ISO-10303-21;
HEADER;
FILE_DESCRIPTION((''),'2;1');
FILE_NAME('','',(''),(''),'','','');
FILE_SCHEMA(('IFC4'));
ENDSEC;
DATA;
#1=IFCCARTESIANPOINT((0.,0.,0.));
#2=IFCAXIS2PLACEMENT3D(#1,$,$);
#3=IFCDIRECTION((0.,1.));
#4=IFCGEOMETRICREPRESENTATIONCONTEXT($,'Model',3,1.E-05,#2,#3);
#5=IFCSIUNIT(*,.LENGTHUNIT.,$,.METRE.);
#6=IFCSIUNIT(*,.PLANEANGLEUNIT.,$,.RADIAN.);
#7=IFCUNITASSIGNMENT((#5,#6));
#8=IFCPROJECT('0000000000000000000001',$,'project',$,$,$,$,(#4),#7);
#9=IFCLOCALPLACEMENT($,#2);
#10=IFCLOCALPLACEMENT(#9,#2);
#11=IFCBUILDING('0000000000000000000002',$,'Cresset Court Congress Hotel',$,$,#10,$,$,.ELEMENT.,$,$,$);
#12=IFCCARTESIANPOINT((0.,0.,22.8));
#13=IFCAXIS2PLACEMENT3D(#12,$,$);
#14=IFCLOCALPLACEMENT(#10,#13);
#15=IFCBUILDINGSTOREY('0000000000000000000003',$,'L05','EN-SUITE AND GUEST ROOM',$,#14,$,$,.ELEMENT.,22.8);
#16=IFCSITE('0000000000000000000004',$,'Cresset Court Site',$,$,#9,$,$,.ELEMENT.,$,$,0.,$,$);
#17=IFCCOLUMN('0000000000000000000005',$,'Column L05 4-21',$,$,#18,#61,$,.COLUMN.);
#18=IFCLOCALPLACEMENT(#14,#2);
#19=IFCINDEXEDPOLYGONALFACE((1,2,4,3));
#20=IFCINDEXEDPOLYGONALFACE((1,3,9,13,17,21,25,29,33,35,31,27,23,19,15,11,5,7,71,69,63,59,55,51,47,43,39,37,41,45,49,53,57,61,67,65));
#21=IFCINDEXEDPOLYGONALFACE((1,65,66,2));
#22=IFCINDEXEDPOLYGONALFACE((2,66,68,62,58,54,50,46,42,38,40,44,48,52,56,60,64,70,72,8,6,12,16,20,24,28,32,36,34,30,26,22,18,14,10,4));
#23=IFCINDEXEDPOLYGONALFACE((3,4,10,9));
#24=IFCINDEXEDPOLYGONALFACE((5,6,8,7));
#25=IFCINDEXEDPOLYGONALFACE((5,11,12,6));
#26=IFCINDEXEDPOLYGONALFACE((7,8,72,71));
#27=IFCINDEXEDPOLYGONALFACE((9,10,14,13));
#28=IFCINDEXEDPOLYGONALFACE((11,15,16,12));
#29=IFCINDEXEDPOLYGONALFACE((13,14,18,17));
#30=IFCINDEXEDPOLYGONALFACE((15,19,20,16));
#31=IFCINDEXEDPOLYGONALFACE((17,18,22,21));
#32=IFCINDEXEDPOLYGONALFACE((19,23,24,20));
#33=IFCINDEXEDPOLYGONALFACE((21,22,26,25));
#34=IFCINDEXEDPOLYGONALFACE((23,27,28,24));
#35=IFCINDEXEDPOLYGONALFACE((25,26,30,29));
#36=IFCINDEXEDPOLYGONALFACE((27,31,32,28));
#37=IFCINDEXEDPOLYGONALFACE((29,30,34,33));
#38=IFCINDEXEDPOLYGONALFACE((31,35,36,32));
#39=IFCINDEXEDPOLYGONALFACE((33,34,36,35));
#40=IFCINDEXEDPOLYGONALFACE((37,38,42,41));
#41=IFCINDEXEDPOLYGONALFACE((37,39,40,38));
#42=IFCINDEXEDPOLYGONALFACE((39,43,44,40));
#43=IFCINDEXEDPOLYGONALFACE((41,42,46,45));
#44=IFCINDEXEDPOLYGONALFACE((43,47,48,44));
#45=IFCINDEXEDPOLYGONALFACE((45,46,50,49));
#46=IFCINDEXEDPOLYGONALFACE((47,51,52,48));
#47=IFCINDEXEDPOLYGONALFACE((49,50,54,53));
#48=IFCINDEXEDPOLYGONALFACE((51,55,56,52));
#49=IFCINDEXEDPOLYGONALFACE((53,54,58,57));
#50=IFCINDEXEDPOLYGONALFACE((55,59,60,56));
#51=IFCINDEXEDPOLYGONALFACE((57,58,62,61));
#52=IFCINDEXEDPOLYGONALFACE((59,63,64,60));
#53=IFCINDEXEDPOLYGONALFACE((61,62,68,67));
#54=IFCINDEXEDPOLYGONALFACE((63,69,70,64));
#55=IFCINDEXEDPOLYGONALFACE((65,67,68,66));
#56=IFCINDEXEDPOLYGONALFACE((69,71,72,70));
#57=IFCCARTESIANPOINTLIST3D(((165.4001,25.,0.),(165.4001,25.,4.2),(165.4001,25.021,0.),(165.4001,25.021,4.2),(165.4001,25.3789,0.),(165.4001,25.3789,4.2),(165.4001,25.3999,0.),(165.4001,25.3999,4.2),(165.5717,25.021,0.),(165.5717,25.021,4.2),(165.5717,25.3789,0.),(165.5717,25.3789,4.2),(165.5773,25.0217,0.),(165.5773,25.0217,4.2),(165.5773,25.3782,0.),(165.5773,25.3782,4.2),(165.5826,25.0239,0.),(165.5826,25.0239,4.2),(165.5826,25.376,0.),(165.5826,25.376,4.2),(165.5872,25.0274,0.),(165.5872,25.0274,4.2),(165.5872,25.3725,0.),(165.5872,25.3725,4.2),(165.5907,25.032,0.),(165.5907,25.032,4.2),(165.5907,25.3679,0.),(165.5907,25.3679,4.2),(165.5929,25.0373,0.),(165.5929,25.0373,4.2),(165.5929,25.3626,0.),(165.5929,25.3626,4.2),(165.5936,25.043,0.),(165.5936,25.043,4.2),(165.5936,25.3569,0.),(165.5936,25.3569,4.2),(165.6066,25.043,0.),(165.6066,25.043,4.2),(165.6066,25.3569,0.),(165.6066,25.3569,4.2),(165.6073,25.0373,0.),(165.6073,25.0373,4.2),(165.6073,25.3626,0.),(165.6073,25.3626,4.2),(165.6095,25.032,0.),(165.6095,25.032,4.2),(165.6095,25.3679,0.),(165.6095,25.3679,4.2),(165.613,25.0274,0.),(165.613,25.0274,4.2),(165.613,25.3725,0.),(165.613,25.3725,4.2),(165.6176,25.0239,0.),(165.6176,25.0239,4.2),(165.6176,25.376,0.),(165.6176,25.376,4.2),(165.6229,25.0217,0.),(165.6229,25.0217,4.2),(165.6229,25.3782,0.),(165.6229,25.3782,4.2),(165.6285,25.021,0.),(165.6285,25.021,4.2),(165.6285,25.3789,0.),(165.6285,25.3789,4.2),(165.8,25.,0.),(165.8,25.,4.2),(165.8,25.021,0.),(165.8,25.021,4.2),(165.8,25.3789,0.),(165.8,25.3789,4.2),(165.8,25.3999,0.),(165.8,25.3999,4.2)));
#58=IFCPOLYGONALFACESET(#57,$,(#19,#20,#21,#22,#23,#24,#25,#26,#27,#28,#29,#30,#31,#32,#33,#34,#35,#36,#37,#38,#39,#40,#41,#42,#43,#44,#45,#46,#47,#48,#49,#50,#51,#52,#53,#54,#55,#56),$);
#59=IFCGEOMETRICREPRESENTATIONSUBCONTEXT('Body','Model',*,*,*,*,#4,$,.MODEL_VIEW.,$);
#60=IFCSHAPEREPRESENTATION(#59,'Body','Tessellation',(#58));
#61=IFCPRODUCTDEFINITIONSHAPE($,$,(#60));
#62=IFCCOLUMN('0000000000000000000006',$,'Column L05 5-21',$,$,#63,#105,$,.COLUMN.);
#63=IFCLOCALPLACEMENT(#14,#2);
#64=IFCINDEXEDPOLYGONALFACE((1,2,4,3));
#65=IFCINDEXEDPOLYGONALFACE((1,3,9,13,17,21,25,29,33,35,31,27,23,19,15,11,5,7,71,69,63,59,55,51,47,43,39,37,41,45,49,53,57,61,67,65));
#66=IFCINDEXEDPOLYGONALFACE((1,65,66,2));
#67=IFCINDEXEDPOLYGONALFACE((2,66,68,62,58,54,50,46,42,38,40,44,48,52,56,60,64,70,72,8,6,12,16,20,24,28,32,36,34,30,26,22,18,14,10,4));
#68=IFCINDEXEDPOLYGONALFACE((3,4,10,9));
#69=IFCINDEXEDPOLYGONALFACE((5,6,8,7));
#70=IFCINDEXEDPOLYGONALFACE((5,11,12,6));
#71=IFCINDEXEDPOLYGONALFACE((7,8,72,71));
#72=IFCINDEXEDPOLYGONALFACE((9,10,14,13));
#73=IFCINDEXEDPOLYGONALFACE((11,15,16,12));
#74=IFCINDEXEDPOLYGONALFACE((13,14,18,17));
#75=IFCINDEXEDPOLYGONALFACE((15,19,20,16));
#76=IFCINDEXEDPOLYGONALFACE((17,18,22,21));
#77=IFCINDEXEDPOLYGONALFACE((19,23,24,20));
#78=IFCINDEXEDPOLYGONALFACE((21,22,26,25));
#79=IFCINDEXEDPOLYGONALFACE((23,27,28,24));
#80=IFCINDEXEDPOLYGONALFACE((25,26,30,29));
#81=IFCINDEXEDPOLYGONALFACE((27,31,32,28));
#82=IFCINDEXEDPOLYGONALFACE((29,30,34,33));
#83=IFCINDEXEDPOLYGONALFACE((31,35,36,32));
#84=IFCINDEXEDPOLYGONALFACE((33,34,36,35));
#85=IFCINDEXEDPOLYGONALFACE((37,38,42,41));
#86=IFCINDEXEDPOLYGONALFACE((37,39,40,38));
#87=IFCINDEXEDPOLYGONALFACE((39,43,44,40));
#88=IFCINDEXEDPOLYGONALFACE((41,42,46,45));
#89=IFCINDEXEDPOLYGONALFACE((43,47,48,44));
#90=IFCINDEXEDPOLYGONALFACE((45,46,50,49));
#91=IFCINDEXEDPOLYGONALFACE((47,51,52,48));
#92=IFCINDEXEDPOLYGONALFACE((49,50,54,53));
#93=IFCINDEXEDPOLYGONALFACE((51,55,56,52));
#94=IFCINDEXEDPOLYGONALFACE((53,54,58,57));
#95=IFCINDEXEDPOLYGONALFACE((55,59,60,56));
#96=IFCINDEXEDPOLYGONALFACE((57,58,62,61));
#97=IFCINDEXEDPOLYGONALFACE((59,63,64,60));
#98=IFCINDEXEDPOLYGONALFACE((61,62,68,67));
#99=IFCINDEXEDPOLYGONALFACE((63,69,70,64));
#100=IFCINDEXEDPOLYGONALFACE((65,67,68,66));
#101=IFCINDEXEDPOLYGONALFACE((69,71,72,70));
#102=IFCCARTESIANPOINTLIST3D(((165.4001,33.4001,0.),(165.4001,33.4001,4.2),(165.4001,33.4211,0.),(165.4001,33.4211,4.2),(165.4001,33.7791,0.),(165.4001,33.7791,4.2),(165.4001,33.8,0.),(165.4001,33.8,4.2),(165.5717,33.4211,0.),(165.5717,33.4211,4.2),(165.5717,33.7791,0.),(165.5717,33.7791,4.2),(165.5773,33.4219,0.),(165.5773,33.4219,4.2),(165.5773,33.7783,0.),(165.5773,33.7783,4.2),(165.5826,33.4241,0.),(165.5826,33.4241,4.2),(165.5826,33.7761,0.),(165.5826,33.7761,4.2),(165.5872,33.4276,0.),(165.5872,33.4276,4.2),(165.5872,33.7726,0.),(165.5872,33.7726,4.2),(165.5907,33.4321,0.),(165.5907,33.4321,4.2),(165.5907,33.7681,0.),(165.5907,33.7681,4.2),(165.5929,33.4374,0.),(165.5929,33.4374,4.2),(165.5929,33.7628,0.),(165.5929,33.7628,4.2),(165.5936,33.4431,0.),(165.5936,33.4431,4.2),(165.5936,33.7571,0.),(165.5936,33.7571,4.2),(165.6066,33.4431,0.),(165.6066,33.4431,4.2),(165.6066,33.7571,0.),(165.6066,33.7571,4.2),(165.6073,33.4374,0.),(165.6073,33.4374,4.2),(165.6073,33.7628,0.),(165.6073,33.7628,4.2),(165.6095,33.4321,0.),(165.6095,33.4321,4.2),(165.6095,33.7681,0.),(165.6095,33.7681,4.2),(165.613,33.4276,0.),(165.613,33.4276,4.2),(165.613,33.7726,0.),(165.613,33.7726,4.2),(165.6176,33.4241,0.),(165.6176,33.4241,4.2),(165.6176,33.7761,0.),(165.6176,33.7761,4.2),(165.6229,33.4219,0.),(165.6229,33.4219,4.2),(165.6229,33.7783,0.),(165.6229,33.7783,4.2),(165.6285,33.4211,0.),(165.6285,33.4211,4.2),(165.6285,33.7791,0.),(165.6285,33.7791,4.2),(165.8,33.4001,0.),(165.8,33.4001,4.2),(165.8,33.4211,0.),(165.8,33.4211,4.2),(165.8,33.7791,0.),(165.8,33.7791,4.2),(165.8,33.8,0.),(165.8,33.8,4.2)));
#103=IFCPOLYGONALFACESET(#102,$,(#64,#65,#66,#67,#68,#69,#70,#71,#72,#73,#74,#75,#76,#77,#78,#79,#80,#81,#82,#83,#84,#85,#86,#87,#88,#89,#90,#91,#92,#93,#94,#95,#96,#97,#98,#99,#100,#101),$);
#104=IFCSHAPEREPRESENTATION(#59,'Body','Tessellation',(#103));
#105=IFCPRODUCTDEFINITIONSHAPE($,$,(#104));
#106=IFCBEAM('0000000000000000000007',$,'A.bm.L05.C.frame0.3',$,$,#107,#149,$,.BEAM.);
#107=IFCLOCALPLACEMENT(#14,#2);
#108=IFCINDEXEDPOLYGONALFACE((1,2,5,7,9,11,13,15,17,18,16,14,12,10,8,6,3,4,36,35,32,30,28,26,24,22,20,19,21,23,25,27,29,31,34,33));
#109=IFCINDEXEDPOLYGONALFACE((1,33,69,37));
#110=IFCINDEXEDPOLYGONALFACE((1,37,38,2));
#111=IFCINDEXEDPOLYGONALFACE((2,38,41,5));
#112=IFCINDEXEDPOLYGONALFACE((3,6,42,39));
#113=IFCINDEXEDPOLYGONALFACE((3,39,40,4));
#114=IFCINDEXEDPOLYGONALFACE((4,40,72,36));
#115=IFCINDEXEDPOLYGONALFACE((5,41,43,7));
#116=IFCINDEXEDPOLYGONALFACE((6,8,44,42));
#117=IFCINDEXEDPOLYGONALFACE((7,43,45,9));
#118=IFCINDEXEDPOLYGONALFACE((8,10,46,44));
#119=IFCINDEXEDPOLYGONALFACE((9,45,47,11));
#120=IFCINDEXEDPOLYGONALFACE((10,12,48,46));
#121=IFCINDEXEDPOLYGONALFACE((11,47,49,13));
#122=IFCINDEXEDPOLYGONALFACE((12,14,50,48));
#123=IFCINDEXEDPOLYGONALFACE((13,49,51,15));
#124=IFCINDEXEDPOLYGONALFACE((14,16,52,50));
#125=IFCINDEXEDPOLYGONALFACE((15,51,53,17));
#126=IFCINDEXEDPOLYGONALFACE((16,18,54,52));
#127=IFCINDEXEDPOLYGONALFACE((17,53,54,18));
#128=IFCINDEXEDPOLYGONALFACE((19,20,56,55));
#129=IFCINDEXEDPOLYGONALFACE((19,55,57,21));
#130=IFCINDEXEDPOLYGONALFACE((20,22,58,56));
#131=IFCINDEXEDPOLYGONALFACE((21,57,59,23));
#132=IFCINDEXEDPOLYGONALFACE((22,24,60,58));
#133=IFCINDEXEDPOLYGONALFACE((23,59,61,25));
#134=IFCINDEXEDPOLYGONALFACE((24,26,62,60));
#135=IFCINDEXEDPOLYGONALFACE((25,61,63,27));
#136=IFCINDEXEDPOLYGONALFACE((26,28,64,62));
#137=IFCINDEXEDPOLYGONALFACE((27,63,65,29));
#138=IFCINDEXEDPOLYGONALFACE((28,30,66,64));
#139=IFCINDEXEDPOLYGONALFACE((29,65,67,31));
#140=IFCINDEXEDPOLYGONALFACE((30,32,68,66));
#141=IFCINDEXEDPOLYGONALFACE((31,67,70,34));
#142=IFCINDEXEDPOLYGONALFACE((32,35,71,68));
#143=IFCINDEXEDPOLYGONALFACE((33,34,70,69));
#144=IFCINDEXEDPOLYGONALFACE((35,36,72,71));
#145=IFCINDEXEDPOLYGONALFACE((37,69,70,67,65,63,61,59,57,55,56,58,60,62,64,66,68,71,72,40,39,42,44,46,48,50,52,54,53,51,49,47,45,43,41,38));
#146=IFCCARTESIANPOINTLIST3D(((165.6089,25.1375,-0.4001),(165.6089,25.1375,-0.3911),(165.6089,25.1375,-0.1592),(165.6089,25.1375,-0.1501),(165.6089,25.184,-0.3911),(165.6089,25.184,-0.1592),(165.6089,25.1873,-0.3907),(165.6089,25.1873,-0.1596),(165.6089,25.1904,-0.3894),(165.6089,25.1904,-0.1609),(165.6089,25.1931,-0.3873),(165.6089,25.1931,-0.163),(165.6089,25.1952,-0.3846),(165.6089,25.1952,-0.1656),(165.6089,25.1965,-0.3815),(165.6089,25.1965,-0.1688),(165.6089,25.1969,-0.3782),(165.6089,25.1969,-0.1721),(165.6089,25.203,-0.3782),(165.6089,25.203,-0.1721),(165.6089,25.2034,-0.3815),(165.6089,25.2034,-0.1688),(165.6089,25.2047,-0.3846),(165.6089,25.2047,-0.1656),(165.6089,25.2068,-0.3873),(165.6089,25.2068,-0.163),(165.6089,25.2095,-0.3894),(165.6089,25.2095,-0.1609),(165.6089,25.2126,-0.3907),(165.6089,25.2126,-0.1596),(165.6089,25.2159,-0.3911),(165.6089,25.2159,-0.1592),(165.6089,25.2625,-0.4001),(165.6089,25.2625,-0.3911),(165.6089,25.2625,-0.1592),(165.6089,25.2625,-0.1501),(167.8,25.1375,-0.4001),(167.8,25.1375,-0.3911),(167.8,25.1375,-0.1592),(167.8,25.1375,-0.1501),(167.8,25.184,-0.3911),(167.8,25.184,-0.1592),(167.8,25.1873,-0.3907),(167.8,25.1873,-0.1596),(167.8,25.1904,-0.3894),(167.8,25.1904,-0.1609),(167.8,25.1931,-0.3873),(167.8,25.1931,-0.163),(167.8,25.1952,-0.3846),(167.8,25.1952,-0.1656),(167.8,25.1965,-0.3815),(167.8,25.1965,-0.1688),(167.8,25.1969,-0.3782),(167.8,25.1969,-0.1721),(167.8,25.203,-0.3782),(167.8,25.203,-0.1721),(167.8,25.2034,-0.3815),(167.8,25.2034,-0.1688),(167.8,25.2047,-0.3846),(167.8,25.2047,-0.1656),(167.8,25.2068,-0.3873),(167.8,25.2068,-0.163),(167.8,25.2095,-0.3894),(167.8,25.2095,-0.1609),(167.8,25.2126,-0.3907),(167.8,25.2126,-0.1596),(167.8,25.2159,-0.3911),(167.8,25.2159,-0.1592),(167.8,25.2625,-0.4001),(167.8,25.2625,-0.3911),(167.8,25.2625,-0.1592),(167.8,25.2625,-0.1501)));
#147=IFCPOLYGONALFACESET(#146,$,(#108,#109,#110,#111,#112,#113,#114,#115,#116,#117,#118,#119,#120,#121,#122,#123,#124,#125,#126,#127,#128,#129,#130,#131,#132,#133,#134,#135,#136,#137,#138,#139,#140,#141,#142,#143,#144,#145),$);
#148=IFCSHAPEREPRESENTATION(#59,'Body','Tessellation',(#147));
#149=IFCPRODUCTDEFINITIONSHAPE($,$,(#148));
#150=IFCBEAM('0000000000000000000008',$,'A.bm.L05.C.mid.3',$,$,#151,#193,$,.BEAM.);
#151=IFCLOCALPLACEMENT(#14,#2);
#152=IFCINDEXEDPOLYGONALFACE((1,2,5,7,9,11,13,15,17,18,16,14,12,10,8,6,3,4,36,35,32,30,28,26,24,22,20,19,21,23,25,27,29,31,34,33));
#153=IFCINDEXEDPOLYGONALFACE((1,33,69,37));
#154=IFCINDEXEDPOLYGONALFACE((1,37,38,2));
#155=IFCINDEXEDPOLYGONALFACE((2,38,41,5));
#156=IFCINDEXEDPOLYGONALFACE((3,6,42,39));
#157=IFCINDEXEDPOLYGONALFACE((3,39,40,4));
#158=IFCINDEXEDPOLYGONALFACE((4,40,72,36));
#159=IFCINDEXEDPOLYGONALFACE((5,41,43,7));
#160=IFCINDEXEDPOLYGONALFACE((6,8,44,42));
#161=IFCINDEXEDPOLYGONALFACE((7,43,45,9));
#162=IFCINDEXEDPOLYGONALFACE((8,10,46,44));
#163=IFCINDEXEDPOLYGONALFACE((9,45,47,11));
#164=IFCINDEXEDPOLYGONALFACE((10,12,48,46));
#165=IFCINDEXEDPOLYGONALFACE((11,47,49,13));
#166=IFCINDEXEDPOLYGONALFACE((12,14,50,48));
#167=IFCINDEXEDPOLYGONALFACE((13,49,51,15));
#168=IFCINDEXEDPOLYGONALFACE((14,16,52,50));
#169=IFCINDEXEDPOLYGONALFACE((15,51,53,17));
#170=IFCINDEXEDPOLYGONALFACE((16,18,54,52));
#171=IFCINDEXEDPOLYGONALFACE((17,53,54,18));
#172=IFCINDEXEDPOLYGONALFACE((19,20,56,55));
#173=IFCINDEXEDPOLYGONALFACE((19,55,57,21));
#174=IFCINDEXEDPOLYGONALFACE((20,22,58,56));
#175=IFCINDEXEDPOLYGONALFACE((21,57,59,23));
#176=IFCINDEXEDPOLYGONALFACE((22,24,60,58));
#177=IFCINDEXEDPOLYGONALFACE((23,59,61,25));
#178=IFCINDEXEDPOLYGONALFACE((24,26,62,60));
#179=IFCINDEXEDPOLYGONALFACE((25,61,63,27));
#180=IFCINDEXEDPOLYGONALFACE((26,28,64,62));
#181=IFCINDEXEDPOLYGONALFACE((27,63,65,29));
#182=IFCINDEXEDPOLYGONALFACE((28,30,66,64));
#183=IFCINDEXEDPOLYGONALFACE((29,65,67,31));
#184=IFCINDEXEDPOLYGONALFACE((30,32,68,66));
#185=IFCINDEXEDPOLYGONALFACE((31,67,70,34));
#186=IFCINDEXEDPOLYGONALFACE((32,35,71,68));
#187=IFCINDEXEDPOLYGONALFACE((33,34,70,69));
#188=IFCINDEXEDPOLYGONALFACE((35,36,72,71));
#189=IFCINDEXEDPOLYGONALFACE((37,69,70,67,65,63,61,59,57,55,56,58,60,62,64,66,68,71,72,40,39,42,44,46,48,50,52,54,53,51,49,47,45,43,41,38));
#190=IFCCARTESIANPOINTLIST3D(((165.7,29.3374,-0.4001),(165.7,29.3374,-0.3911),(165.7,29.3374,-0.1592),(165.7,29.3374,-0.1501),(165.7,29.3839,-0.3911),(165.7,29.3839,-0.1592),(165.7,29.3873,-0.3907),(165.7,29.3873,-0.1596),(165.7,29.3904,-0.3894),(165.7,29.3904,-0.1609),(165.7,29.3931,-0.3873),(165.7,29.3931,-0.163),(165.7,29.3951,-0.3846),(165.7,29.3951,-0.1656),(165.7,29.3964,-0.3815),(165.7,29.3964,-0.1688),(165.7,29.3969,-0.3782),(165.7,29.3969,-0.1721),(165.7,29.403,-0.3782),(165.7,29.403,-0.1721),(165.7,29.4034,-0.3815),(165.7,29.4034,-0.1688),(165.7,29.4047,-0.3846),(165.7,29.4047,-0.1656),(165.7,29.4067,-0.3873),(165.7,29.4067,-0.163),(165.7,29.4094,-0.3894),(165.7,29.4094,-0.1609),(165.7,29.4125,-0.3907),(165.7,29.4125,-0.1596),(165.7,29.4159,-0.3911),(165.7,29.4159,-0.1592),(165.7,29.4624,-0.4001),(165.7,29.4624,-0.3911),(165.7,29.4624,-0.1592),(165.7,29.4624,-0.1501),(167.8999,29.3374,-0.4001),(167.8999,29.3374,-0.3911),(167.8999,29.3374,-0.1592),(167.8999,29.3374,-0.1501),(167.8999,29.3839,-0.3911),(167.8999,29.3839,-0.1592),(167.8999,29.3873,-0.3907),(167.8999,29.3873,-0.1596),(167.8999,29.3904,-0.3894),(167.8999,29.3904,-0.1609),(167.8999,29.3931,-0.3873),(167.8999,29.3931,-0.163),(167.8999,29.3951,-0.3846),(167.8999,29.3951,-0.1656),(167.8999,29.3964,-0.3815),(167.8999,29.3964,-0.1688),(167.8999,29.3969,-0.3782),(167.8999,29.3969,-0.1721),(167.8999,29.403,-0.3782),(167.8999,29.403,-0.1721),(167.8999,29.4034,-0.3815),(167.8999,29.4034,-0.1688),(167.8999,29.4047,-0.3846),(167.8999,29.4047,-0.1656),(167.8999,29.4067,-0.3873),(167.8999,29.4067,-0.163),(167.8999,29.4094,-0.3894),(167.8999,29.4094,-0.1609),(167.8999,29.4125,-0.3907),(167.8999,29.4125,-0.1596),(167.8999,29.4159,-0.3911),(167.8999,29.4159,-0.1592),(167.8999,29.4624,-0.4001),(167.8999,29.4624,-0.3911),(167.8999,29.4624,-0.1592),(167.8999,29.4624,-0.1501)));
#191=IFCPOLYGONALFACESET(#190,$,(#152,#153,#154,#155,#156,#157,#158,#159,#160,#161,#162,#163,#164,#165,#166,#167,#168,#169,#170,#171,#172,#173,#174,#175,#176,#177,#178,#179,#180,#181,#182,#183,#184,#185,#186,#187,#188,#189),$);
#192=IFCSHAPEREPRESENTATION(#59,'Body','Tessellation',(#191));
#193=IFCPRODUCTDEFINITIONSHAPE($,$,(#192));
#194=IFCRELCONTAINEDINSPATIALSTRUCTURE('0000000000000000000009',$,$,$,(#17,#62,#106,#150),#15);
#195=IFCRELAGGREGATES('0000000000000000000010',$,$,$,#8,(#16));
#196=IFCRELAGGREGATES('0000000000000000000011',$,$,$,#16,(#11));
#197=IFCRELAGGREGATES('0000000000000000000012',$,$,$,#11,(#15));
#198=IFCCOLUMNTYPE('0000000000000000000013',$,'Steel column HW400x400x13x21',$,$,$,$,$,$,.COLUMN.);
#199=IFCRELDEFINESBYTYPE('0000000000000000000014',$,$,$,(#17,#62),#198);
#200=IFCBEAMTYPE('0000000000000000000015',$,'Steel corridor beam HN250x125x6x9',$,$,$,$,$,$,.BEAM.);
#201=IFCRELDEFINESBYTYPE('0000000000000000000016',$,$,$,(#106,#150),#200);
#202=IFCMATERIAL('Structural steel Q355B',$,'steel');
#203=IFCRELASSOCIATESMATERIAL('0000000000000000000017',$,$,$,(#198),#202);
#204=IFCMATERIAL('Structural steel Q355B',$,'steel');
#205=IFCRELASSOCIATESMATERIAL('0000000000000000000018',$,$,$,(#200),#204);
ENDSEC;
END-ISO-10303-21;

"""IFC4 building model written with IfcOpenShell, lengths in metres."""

from ifc_helpers import new_model, si_unit, direction, frame, origin, origin_2d, place, context, subcontext, project, spatial, i_section, extrude, material, material_profile, profile_set, type_object, element, save


model = new_model("IFC4")

# Units and contexts
model_context = context("Model", 3, precision=1e-05, world=origin(), true_north=direction((0.0, 1.0)))
body_context = subcontext(model_context, "Body", "Model", "MODEL_VIEW")
ifc_project = project(units=[si_unit("LENGTHUNIT", "METRE"), si_unit("PLANEANGLEUNIT", "RADIAN")], contexts=[model_context])

# Site, building, storey
site_placement = place(None, origin())
site = spatial("IfcSite", under=ifc_project, at=site_placement, Name="Cresset Court Site", CompositionType="ELEMENT", RefElevation=0.0)
building_placement = place(site_placement, origin())
building = spatial("IfcBuilding", under=site, at=building_placement, Name="Cresset Court Congress Hotel", CompositionType="ELEMENT")
storey_placement = place(building_placement, frame((0.0, 0.0, 22.8)))
storey = spatial("IfcBuildingStorey", under=building, at=storey_placement, Name="L05", Description="EN-SUITE AND GUEST ROOM", CompositionType="ELEMENT", Elevation=22.8)

# Columns
ifc_material_1 = material(Name="Structural steel Q355B", Category="steel")
ifc_material_profile_1 = material_profile(ifc_material_1, i_section(OverallWidth=0.3999, OverallDepth=0.3999, WebThickness=0.0129, FlangeThickness=0.021, FilletRadius=0.022, at=origin_2d()), Name="HW400x400x13x21")
ifc_profile_set_1 = profile_set([ifc_material_profile_1], Name="Structural steel Q355B")
column_type = type_object("IfcColumnType", Name="Steel column HW400x400x13x21", PredefinedType="COLUMN", material=ifc_profile_set_1)
for number, where, z_axis, x_axis, name in (
    (1, (165.6001, 25.2, 0.0), (0.0, 0.0, 1.0), (1.0, 0.0, 0.0), "Column L05 4-21"),
    (2, (165.6001, 33.6001, 0.0), (0.0, 0.0, 1.0), (1.0, 0.0, 0.0), "Column L05 5-21"),
):
    element("IfcColumn", number, at=place(storey_placement, frame(where, z_axis=z_axis, x_axis=x_axis)), inside=storey, type_object=column_type, Name=name, PredefinedType="COLUMN", context=body_context, shape_type="SweptSolid", body=[
        extrude(i_section(OverallWidth=0.3999, OverallDepth=0.3999, WebThickness=0.0129, FlangeThickness=0.021, FilletRadius=0.022, at=origin_2d()), origin(), (0.0, 0.0, 1.0), 4.2),
    ])

# Beams
ifc_material_2 = material(Name="Structural steel Q355B", Category="steel")
ifc_material_profile_2 = material_profile(ifc_material_2, i_section(OverallWidth=0.125, OverallDepth=0.25, WebThickness=0.0061, FlangeThickness=0.009, FilletRadius=0.0129, at=origin_2d()), Name="HN250x125x6x9")
ifc_profile_set_2 = profile_set([ifc_material_profile_2], Name="Structural steel Q355B")
beam_type_1 = type_object("IfcBeamType", Name="Steel corridor beam HN250x125x6x9", PredefinedType="BEAM", material=ifc_profile_set_2)
beam_1_placement = place(storey_placement, frame((165.6089, 25.2, -0.2751), z_axis=(1.0, 0.0, 0.0), x_axis=(0.0, 1.0, 0.0)))
element("IfcBeam", 3, at=beam_1_placement, inside=storey, type_object=beam_type_1, Name="A.bm.L05.C.frame0.3", PredefinedType="BEAM", context=body_context, shape_type="SweptSolid", body=[
    extrude(i_section(OverallWidth=0.125, OverallDepth=0.25, WebThickness=0.0061, FlangeThickness=0.009, FilletRadius=0.0129, at=origin_2d()), origin(), (0.0, 0.0, 1.0), 2.1912),
])
beam_2_placement = place(storey_placement, frame((165.7, 29.3999, -0.2751), z_axis=(1.0, 0.0, 0.0), x_axis=(0.0, 1.0, 0.0)))
element("IfcBeam", 4, at=beam_2_placement, inside=storey, type_object=beam_type_1, Name="A.bm.L05.C.mid.3", PredefinedType="BEAM", context=body_context, shape_type="SweptSolid", body=[
    extrude(i_section(OverallWidth=0.125, OverallDepth=0.25, WebThickness=0.0061, FlangeThickness=0.009, FilletRadius=0.0129, at=origin_2d()), origin(), (0.0, 0.0, 1.0), 2.2),
])

save(model, "model.ifc")
